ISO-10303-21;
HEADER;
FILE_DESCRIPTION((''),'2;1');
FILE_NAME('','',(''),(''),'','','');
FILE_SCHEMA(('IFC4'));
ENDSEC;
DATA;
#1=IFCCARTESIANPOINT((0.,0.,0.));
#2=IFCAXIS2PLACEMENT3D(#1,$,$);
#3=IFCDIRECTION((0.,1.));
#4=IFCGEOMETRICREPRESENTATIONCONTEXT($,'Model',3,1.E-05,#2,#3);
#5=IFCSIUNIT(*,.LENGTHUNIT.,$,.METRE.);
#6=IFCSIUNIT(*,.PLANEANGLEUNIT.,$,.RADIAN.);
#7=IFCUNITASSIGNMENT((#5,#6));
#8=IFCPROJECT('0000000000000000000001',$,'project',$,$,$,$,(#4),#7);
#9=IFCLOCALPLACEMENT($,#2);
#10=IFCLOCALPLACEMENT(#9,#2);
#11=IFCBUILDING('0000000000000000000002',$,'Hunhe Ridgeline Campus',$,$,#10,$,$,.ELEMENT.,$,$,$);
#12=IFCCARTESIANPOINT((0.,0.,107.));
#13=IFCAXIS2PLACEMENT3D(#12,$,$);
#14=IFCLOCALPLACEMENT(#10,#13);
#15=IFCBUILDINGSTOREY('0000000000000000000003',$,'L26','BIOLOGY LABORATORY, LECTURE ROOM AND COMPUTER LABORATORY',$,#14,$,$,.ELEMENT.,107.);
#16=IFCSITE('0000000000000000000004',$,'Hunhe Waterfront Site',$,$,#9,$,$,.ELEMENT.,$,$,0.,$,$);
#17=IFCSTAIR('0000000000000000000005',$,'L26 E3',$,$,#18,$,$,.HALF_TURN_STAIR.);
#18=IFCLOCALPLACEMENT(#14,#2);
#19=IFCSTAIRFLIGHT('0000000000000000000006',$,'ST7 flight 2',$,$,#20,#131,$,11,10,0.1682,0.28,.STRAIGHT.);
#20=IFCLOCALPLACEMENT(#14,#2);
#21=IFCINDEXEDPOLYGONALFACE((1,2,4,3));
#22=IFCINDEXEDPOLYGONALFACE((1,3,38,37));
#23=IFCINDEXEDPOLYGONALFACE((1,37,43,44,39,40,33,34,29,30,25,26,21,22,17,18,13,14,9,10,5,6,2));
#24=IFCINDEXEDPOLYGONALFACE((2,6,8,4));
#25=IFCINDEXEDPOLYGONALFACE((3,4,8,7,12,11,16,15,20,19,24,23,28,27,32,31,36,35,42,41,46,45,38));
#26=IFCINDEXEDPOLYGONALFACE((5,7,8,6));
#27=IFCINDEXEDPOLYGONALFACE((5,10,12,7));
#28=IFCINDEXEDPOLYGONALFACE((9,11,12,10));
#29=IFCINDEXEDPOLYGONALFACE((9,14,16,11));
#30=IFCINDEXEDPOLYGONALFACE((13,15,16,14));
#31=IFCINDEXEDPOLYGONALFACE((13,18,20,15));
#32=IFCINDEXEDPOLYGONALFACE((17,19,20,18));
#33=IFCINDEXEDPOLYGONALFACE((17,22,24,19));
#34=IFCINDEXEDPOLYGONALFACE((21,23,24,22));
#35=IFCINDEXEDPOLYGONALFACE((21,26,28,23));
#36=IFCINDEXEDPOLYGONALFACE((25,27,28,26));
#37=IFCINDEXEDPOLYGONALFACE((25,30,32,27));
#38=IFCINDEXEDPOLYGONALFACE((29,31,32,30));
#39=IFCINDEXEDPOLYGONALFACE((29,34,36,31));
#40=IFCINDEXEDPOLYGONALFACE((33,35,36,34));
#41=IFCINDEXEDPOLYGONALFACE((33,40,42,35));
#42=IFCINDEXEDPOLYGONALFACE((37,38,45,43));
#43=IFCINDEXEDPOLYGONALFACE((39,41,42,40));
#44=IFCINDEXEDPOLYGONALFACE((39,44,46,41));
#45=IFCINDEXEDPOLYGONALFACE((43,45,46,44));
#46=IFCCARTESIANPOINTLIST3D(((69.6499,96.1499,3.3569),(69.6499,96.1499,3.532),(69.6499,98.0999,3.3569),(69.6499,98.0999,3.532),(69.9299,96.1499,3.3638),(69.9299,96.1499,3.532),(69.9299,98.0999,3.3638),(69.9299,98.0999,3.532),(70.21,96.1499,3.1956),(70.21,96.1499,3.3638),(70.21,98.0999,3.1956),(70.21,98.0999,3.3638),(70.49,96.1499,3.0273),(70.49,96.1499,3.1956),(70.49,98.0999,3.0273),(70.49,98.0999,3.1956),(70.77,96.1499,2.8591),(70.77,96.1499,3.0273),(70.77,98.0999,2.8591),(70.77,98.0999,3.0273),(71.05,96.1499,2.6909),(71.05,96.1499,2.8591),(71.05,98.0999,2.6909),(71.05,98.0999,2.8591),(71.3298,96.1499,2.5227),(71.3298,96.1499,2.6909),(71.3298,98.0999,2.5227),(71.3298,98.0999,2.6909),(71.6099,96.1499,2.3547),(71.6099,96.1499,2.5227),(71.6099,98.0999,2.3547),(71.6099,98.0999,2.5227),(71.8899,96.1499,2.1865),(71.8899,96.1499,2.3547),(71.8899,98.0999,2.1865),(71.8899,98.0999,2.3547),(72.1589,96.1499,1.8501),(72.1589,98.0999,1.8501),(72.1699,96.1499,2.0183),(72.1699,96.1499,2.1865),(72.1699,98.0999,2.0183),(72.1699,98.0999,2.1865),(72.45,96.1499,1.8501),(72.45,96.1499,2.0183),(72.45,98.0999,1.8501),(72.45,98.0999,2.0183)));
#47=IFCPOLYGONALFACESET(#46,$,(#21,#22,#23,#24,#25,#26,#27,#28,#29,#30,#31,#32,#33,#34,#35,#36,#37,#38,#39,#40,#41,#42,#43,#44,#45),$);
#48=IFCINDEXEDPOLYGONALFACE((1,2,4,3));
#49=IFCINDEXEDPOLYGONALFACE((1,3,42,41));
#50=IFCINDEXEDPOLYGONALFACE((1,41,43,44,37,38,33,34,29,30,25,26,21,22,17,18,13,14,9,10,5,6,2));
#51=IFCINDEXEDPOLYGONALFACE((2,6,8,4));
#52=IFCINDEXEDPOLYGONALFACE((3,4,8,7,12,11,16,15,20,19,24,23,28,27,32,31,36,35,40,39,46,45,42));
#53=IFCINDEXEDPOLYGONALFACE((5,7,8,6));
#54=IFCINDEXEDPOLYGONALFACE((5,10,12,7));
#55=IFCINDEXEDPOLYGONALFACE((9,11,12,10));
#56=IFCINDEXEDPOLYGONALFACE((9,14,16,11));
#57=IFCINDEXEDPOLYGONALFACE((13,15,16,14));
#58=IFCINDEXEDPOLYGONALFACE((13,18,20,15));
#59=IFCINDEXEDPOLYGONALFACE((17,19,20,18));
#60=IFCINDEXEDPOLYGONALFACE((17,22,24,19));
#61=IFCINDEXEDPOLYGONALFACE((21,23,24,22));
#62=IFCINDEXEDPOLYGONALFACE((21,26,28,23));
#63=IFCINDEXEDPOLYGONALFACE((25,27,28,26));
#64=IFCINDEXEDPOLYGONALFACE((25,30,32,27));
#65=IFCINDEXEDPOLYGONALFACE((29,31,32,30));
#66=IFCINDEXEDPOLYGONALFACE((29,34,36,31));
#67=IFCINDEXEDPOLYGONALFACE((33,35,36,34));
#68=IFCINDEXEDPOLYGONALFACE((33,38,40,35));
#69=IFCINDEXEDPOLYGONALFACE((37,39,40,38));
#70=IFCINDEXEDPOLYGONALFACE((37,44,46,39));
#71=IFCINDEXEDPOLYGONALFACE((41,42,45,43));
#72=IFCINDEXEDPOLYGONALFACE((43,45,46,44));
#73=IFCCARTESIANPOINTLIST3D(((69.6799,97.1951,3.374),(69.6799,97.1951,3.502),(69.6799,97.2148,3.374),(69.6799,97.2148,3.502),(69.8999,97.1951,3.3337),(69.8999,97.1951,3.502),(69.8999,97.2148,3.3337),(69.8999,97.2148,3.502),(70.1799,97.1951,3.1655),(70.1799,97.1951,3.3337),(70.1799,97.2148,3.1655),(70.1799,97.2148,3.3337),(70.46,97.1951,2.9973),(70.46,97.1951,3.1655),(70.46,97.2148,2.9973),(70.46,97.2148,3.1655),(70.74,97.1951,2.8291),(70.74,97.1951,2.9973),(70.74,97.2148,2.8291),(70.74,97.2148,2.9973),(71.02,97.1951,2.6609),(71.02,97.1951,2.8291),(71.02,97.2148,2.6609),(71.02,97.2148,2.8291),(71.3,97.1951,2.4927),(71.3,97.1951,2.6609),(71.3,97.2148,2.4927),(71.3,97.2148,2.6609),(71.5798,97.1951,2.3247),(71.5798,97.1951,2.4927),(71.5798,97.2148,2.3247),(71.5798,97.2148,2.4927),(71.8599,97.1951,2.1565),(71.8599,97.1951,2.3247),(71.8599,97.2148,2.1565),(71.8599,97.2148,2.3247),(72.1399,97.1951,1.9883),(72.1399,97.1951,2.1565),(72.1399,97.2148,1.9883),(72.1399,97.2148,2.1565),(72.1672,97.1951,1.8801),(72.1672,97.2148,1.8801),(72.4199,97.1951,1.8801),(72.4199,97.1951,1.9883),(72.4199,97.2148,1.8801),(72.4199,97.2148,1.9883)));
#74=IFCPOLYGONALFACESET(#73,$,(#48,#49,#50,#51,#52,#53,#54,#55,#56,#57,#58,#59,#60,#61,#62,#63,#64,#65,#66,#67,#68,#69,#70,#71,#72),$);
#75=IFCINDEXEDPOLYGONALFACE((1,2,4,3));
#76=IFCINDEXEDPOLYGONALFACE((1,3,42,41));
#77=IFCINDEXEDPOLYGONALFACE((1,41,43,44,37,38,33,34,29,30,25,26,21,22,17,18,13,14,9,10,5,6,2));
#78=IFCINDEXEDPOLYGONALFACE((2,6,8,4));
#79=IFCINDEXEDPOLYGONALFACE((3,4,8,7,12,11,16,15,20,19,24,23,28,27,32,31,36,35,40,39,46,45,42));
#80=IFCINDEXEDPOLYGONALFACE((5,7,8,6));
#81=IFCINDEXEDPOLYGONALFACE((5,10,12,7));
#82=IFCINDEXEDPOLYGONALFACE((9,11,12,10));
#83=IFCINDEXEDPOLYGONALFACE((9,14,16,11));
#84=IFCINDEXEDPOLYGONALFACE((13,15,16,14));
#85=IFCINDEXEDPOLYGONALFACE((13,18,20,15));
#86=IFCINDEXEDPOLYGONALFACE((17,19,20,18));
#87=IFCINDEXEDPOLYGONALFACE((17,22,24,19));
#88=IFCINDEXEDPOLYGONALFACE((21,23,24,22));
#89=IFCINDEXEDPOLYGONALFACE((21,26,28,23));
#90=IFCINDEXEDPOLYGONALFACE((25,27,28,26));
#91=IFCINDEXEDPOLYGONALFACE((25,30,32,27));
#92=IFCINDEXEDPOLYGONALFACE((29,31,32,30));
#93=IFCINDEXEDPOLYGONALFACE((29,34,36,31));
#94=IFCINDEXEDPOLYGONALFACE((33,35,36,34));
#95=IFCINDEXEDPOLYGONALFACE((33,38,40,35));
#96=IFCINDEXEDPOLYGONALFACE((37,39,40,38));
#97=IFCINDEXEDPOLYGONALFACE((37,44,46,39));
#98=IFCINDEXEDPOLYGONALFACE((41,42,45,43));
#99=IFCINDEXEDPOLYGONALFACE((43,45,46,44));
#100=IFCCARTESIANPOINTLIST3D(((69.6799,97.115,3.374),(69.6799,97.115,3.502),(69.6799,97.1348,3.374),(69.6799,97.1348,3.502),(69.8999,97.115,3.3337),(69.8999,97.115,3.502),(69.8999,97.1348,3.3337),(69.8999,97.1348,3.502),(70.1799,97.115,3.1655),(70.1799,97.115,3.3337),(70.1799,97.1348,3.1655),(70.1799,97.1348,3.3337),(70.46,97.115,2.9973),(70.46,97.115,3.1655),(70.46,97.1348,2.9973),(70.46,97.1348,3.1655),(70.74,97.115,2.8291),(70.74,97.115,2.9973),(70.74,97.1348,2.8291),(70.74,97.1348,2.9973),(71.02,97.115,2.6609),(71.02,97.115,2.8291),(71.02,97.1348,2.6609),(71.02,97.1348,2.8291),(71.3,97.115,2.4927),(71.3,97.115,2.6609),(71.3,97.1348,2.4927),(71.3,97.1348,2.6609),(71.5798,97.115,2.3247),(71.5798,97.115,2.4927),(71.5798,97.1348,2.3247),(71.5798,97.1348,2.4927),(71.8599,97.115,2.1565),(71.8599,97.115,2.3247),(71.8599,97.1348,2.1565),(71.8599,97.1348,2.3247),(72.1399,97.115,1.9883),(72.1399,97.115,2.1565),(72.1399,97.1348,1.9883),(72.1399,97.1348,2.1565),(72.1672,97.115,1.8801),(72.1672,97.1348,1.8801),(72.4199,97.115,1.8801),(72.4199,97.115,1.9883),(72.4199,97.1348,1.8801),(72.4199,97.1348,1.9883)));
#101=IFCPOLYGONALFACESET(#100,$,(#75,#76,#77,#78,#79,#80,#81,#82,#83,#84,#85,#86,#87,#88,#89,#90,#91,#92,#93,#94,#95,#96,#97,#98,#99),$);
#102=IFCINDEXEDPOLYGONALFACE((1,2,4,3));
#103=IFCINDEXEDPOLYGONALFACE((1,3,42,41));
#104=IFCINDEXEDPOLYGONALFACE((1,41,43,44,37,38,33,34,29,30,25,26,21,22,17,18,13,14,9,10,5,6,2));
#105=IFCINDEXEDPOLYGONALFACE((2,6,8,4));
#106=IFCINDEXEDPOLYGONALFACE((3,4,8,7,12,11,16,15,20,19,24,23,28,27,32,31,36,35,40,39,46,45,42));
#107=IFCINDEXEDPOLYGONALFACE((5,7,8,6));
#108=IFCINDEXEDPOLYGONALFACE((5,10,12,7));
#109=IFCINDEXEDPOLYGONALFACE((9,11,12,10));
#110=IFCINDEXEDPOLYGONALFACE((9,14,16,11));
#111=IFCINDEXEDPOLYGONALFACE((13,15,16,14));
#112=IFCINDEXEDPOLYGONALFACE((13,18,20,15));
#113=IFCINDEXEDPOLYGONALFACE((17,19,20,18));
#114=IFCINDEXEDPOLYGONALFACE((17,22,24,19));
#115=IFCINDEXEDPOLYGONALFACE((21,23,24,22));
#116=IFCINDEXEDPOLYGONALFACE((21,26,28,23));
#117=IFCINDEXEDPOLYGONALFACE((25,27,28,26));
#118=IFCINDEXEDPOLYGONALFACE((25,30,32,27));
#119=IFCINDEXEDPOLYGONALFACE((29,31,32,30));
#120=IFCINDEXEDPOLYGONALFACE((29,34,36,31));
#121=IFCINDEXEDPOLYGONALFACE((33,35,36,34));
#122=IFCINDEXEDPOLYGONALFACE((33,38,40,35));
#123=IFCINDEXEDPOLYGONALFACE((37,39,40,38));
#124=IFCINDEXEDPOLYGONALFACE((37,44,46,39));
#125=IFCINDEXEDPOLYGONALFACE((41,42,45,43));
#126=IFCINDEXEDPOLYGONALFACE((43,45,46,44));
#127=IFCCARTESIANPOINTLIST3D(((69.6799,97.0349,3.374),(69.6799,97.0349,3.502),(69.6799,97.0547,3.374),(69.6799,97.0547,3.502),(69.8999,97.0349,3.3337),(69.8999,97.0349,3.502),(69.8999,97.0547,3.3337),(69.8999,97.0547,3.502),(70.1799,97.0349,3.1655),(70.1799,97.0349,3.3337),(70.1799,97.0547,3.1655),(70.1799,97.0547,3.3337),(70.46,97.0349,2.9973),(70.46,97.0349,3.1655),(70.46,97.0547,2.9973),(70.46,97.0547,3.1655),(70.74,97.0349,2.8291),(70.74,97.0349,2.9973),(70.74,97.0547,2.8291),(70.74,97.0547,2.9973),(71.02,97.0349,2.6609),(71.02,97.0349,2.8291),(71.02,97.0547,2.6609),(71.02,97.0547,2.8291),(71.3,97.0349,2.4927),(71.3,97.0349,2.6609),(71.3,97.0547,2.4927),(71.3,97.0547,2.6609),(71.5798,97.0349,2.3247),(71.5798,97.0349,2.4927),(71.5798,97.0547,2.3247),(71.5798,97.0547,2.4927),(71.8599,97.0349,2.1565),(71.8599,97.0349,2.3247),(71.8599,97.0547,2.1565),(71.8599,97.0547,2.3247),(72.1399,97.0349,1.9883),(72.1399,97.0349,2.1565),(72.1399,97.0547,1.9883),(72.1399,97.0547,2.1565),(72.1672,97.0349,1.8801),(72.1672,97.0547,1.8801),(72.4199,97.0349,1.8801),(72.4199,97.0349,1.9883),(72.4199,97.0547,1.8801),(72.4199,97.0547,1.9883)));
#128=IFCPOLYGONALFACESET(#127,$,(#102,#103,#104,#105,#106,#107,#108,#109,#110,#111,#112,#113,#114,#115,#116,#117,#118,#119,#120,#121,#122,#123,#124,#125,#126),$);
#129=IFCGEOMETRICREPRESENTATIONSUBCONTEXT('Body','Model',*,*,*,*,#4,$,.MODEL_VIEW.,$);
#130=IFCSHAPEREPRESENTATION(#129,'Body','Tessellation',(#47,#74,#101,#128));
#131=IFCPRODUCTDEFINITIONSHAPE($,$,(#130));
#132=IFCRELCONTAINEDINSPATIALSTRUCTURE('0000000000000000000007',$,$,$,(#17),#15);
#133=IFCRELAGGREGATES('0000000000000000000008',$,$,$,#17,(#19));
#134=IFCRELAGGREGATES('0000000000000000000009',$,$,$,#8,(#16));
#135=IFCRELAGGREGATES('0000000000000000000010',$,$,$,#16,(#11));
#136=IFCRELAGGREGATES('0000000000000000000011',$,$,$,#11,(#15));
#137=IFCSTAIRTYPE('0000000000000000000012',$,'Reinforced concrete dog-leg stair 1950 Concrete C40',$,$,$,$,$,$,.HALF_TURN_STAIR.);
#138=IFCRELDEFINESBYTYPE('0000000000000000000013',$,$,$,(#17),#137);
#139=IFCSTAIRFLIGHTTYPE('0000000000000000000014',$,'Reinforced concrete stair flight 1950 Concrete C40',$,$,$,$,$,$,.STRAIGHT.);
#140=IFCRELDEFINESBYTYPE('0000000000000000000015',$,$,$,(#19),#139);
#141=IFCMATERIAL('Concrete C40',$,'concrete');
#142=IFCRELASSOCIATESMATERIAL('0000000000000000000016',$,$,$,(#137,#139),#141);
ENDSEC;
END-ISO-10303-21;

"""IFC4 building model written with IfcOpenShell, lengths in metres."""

from ifc_helpers import new_model, si_unit, direction, frame, origin, place, context, subcontext, project, spatial, polyline, outline, extrude, material, type_object, element, aggregate, save


model = new_model("IFC4")

# Units and contexts
model_context = context("Model", 3, precision=1e-05, world=origin(), true_north=direction((0.0, 1.0)))
body_context = subcontext(model_context, "Body", "Model", "MODEL_VIEW")
ifc_project = project(units=[si_unit("LENGTHUNIT", "METRE"), si_unit("PLANEANGLEUNIT", "RADIAN")], contexts=[model_context])

# Site, building, storey
site_placement = place(None, origin())
site = spatial("IfcSite", under=ifc_project, at=site_placement, Name="Hunhe Waterfront Site", CompositionType="ELEMENT", RefElevation=0.0)
building_placement = place(site_placement, origin())
building = spatial("IfcBuilding", under=site, at=building_placement, Name="Hunhe Ridgeline Campus", CompositionType="ELEMENT")
storey_placement = place(building_placement, frame((0.0, 0.0, 107.0)))
storey = spatial("IfcBuildingStorey", under=building, at=storey_placement, Name="L26", Description="BIOLOGY LABORATORY, LECTURE ROOM AND COMPUTER LABORATORY", CompositionType="ELEMENT", Elevation=107.0)

# Stair, stair flight
ifc_material_1 = material(Name="Concrete C40", Category="concrete")
stair_type = type_object("IfcStairType", Name="Reinforced concrete dog-leg stair 1950 Concrete C40", PredefinedType="HALF_TURN_STAIR", material=ifc_material_1)
stair_placement = place(storey_placement, origin())
stair = element("IfcStair", 1, at=stair_placement, inside=storey, type_object=stair_type, Name="L26 E3", PredefinedType="HALF_TURN_STAIR")
stair_flight_type = type_object("IfcStairFlightType", Name="Reinforced concrete stair flight 1950 Concrete C40", PredefinedType="STRAIGHT", material=ifc_material_1)
stair_flight_placement = place(storey_placement, frame((72.45, 97.125, 1.8501), z_axis=(0.0, 0.0, 1.0), x_axis=(-1.0, 0.0, 0.0)))
stair_flight = element("IfcStairFlight", 2, at=stair_flight_placement, type_object=stair_flight_type, Name="ST7 flight 2", NumberOfRisers=11, NumberOfTreads=10, PredefinedType="STRAIGHT", RiserHeight=0.1682, TreadLength=0.28, context=body_context, shape_type="SweptSolid", body=[
    extrude(outline(polyline([(0.0, 0.0), (0.0, 0.1682), (0.28, 0.1682), (0.28, 0.3364), (0.5601, 0.3364), (0.5601, 0.5046), (0.8401, 0.5046), (0.8401, 0.6726), (1.1201, 0.6726), (1.1201, 0.8408), (1.3999, 0.8408), (1.3999, 1.009), (1.6799, 1.009), (1.6799, 1.1772), (1.96, 1.1772), (1.96, 1.3455), (2.24, 1.3455), (2.24, 1.5137), (2.52, 1.5137), (2.52, 1.6819), (2.8, 1.6819), (2.8, 1.8501), (2.8, 1.5068), (0.291, 0.0), (0.0, 0.0)])), frame((0.0, 0.9751, 0.0), z_axis=(0.0, -1.0, 0.0), x_axis=(1.0, 0.0, 0.0)), (0.0, 0.0, 1.0), 1.95),
    extrude(outline(polyline([(0.03, 0.03), (0.03, 0.1382), (0.3101, 0.1382), (0.3101, 0.3064), (0.5901, 0.3064), (0.5901, 0.4746), (0.8701, 0.4746), (0.8701, 0.6426), (1.1499, 0.6426), (1.1499, 0.8108), (1.4299, 0.8108), (1.4299, 0.979), (1.71, 0.979), (1.71, 1.1472), (1.99, 1.1472), (1.99, 1.3154), (2.27, 1.3154), (2.27, 1.4836), (2.55, 1.4836), (2.55, 1.6519), (2.77, 1.6519), (2.77, 1.5239), (0.2827, 0.03), (0.03, 0.03)])), frame((0.0, -0.0701, 0.0), z_axis=(0.0, -1.0, 0.0), x_axis=(1.0, 0.0, 0.0)), (0.0, 0.0, 1.0), 0.0198),
    extrude(outline(polyline([(0.03, 0.03), (0.03, 0.1382), (0.3101, 0.1382), (0.3101, 0.3064), (0.5901, 0.3064), (0.5901, 0.4746), (0.8701, 0.4746), (0.8701, 0.6426), (1.1499, 0.6426), (1.1499, 0.8108), (1.4299, 0.8108), (1.4299, 0.979), (1.71, 0.979), (1.71, 1.1472), (1.99, 1.1472), (1.99, 1.3154), (2.27, 1.3154), (2.27, 1.4836), (2.55, 1.4836), (2.55, 1.6519), (2.77, 1.6519), (2.77, 1.5239), (0.2827, 0.03), (0.03, 0.03)])), frame((0.0, 0.01, 0.0), z_axis=(0.0, -1.0, 0.0), x_axis=(1.0, 0.0, 0.0)), (0.0, 0.0, 1.0), 0.0198),
    extrude(outline(polyline([(0.03, 0.03), (0.03, 0.1382), (0.3101, 0.1382), (0.3101, 0.3064), (0.5901, 0.3064), (0.5901, 0.4746), (0.8701, 0.4746), (0.8701, 0.6426), (1.1499, 0.6426), (1.1499, 0.8108), (1.4299, 0.8108), (1.4299, 0.979), (1.71, 0.979), (1.71, 1.1472), (1.99, 1.1472), (1.99, 1.3154), (2.27, 1.3154), (2.27, 1.4836), (2.55, 1.4836), (2.55, 1.6519), (2.77, 1.6519), (2.77, 1.5239), (0.2827, 0.03), (0.03, 0.03)])), frame((0.0, 0.0901, 0.0), z_axis=(0.0, -1.0, 0.0), x_axis=(1.0, 0.0, 0.0)), (0.0, 0.0, 1.0), 0.0198),
])
aggregate(stair, [stair_flight])

save(model, "model.ifc")
